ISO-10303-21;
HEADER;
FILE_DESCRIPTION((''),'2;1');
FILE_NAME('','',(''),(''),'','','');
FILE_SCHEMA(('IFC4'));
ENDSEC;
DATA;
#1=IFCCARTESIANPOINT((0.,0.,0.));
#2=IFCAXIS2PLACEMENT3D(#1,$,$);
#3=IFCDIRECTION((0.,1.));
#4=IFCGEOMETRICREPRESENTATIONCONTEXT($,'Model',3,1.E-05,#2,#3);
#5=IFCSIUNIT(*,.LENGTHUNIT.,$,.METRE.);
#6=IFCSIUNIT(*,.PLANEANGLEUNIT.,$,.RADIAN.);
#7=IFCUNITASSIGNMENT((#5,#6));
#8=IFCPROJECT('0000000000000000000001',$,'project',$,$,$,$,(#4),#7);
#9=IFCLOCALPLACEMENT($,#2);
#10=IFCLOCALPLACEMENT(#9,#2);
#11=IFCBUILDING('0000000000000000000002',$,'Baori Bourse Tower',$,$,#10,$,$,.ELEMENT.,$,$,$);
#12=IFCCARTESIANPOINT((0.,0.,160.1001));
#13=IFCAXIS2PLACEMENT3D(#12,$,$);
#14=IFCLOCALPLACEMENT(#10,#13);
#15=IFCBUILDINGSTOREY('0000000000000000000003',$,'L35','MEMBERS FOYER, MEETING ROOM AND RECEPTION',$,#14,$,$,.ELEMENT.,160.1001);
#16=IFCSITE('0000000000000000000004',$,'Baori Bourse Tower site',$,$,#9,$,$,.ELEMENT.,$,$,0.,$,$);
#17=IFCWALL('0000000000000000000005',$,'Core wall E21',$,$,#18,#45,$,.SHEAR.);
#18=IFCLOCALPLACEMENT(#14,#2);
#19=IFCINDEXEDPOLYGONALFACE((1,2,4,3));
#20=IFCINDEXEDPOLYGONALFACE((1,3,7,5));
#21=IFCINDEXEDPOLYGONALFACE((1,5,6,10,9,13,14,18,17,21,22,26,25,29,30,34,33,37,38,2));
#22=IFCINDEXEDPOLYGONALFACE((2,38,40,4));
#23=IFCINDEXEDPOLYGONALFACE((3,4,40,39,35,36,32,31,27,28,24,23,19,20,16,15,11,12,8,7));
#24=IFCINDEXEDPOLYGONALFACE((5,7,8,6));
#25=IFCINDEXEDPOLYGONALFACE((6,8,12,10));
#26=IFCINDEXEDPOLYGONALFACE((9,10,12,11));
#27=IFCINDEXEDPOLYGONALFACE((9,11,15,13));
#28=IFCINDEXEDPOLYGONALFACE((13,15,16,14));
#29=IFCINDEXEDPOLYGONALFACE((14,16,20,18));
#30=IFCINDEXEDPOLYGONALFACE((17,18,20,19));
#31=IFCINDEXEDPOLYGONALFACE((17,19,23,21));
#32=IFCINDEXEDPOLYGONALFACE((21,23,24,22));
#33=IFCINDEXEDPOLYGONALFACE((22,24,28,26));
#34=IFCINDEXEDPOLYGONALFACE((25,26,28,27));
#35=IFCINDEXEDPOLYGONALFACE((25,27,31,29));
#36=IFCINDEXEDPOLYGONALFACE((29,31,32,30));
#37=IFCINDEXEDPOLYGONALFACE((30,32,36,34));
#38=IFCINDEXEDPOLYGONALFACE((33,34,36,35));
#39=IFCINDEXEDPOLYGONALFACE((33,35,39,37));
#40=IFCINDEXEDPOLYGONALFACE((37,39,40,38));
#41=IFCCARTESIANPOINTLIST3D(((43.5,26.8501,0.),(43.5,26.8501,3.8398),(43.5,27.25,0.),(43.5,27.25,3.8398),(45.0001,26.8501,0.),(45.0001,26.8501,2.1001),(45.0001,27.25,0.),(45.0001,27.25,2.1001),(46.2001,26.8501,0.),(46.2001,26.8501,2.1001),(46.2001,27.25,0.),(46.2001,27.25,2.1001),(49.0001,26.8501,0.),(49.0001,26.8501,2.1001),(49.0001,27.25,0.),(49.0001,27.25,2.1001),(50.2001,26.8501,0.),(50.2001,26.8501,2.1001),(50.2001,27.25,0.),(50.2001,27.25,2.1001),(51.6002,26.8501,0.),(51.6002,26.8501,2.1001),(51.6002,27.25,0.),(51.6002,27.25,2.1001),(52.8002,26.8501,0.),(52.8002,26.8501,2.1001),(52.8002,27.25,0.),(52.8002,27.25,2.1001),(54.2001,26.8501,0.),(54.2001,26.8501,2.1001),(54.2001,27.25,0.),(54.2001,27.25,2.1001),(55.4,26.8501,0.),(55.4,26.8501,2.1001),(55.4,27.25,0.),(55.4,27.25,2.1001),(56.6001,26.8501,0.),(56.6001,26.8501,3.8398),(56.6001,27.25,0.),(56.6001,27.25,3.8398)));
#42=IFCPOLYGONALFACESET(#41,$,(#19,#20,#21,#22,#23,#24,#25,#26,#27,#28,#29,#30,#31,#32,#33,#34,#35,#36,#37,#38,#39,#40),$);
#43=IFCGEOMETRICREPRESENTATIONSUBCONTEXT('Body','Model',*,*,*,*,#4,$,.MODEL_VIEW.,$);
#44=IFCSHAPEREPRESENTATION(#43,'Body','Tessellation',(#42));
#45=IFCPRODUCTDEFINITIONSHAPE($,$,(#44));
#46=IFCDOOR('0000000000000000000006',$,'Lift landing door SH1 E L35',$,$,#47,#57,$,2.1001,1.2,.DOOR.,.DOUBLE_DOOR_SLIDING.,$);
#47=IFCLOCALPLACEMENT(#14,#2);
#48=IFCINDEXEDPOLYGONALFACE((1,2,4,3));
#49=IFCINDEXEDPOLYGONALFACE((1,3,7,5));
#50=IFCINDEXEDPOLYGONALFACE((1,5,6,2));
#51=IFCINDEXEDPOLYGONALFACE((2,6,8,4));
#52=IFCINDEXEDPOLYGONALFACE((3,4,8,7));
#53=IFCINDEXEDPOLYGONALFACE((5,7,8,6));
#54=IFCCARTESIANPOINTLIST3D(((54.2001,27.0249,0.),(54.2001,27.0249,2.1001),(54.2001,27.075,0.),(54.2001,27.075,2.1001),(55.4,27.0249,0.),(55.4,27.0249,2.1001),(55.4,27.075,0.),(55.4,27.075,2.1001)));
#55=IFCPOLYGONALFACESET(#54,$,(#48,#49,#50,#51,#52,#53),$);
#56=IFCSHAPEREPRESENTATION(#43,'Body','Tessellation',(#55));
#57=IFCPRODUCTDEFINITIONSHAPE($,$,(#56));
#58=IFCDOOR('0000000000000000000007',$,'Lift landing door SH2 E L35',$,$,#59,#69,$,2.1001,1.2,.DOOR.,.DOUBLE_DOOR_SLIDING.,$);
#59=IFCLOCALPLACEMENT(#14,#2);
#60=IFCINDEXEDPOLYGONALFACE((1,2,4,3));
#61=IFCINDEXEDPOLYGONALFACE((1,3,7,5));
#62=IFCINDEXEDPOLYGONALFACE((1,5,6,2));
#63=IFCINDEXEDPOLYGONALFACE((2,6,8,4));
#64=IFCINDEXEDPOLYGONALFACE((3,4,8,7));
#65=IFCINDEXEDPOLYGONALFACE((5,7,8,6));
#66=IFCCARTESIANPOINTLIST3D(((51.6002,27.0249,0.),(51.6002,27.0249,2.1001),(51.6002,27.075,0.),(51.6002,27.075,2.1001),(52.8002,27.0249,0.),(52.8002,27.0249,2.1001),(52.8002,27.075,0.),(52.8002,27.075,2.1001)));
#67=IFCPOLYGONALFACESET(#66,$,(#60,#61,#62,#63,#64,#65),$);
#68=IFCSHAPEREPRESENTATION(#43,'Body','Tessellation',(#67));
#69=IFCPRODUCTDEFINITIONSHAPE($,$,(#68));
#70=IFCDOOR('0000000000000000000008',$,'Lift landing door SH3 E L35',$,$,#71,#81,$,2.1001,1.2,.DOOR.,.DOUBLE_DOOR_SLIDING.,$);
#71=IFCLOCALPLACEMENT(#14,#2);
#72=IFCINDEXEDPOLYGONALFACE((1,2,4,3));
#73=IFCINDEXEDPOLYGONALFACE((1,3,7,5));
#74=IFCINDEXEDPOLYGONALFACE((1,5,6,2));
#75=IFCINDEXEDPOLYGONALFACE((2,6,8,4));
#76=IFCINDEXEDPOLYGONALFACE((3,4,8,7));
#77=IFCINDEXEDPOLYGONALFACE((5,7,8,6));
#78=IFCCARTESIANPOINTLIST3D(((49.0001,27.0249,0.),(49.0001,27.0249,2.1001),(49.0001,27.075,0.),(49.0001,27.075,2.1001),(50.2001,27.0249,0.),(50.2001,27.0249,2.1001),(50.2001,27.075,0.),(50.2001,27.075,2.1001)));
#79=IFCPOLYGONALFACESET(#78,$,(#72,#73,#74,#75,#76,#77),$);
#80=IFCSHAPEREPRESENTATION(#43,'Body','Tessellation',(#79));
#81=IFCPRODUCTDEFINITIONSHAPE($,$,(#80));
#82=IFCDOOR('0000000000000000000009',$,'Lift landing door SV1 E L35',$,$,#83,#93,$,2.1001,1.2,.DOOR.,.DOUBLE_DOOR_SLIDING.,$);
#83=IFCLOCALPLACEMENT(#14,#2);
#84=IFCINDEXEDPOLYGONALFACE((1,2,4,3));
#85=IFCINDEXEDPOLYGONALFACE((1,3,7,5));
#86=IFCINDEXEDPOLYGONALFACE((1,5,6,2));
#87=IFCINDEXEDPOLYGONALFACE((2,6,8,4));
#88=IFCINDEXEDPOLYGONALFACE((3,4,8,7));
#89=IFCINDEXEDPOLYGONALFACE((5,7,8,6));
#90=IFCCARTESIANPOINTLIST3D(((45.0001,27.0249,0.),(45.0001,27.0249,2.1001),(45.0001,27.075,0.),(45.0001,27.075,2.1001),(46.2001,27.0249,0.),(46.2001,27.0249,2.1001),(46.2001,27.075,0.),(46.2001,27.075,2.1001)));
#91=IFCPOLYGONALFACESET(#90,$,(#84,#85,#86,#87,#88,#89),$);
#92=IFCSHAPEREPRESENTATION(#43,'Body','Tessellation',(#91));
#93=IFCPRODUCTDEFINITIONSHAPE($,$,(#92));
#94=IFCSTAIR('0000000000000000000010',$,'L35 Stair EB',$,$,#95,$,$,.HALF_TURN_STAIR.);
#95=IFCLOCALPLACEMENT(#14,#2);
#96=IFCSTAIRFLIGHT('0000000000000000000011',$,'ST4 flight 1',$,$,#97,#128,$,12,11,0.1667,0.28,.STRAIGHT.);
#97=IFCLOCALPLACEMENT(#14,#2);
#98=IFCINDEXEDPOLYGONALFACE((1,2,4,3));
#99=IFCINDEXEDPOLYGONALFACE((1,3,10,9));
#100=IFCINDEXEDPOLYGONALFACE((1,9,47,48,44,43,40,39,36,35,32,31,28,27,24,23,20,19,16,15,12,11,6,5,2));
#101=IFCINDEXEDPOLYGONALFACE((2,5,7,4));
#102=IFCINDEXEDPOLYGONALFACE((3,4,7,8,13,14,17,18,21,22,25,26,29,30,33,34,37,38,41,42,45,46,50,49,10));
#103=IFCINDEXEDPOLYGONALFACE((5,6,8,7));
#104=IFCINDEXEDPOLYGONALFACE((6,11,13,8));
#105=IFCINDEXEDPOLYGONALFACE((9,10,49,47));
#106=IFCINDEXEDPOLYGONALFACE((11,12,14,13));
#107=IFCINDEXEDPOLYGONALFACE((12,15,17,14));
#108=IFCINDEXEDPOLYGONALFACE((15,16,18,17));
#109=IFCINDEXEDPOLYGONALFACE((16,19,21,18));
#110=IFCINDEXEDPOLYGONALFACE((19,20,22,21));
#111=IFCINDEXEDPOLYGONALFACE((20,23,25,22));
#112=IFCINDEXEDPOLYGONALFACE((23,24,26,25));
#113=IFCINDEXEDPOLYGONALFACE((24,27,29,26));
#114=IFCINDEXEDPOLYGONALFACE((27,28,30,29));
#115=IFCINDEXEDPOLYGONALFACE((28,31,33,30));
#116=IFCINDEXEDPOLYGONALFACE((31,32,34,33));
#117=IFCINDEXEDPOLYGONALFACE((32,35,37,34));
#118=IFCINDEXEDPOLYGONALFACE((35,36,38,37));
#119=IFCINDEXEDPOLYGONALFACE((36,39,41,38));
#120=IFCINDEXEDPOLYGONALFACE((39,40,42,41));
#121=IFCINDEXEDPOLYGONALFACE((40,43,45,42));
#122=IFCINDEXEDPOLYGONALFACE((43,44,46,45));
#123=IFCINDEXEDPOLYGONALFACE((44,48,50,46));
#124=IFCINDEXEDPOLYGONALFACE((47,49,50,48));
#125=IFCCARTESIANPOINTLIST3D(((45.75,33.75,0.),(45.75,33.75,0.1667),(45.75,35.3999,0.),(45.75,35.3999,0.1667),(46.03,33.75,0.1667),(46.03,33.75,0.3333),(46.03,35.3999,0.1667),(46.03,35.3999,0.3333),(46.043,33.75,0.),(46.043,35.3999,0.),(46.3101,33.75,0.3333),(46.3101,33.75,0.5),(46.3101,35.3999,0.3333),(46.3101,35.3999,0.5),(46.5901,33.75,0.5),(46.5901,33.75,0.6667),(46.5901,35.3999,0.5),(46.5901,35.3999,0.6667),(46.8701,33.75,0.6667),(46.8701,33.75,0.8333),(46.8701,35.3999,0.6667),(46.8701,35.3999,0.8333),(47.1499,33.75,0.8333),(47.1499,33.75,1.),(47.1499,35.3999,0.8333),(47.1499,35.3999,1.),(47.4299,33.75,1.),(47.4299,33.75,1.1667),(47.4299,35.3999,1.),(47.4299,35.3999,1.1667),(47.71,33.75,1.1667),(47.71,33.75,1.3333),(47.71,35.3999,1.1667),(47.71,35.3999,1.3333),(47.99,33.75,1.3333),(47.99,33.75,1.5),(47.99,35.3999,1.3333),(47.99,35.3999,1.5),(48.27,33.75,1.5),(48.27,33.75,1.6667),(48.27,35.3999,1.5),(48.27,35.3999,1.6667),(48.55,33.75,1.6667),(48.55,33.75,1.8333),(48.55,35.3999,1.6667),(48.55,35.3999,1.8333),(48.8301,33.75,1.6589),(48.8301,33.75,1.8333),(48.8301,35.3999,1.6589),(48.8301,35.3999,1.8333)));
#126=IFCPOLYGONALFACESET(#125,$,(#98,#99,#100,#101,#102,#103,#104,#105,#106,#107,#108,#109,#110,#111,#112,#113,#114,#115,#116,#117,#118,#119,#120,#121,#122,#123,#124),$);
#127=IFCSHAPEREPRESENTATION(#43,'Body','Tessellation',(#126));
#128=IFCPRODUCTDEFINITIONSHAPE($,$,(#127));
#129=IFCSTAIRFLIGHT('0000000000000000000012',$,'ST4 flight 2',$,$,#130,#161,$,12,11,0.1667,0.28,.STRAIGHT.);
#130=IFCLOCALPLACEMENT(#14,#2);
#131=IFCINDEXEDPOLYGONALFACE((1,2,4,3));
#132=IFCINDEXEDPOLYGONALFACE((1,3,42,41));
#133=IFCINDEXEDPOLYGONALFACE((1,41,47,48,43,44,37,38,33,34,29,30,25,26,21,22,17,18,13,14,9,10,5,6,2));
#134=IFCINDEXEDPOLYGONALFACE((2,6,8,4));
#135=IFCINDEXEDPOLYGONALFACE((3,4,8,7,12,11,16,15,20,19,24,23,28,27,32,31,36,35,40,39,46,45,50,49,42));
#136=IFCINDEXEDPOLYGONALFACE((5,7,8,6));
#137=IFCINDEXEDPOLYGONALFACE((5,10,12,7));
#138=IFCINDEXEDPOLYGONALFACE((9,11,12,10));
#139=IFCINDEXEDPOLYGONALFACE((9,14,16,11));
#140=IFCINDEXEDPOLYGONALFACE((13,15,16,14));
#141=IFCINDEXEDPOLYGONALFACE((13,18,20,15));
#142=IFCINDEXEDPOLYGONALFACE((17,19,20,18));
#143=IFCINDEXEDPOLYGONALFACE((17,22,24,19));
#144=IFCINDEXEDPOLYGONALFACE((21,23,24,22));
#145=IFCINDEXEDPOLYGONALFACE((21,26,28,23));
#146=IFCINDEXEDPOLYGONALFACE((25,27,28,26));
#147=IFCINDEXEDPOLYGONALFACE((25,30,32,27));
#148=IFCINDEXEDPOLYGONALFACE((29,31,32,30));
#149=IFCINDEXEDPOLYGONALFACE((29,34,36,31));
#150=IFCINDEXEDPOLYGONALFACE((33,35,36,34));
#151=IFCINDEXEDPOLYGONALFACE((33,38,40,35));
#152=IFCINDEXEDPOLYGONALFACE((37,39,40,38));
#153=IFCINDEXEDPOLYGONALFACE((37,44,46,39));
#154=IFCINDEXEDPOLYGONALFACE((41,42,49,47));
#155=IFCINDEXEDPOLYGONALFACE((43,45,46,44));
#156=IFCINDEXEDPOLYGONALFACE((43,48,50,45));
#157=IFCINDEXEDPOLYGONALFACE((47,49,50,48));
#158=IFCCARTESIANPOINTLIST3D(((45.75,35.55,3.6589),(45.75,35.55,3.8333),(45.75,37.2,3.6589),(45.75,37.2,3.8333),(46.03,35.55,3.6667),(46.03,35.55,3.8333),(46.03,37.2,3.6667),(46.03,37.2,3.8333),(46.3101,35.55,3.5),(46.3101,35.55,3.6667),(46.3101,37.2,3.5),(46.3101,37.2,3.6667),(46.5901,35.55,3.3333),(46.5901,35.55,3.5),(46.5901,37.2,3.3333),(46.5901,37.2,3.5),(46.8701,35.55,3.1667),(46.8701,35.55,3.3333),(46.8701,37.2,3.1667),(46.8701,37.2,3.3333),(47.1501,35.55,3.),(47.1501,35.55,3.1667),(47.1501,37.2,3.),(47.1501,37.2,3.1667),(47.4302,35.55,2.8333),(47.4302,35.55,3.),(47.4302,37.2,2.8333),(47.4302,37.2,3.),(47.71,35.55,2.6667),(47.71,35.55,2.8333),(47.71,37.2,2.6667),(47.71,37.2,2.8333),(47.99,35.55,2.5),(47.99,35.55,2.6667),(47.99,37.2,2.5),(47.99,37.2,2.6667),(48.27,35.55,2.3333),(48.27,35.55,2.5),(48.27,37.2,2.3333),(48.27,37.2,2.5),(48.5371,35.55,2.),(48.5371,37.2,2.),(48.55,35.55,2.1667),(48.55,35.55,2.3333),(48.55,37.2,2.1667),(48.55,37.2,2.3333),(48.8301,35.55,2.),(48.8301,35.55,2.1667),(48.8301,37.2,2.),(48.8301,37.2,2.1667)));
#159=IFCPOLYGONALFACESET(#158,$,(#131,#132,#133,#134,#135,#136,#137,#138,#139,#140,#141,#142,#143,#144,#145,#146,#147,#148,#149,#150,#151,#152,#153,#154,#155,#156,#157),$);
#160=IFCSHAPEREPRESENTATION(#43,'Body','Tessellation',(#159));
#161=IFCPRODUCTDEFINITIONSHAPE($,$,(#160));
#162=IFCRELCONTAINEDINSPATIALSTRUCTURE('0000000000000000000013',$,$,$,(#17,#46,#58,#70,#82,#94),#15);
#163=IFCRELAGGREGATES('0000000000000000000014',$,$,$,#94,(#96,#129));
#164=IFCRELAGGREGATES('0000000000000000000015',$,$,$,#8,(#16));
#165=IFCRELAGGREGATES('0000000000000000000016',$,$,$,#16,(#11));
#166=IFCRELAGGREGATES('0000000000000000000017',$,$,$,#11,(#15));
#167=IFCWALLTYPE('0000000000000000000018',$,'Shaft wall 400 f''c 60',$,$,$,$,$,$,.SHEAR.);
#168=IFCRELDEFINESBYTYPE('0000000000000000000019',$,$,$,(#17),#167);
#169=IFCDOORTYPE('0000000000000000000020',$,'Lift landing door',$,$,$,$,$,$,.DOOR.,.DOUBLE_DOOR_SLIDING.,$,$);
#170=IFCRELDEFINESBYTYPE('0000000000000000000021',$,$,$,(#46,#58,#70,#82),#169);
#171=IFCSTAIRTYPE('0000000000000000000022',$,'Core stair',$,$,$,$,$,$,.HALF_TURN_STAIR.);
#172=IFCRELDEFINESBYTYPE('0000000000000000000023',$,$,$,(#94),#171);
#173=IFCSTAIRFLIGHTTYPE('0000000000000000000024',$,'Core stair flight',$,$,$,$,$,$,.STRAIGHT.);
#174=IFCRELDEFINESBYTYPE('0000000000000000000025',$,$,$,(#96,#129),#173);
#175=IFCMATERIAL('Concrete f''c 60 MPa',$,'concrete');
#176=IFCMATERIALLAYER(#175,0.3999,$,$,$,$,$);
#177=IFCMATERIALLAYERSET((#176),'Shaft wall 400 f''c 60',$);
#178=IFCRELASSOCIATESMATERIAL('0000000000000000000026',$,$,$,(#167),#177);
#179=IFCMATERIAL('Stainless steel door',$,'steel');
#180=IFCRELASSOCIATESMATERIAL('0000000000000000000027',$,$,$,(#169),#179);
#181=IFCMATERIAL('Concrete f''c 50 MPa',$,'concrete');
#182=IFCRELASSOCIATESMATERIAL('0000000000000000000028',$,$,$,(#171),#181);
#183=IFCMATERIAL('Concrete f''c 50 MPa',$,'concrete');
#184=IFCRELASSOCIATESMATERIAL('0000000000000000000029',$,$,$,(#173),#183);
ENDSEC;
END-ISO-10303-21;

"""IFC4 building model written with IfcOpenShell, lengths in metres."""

from ifc_helpers import new_model, si_unit, direction, frame, frame_2d, origin, place, context, subcontext, project, spatial, polyline, rectangle, outline, extrude, material, layer, layer_set, type_object, element, fill, aggregate, save


model = new_model("IFC4")

# Units and contexts
model_context = context("Model", 3, precision=1e-05, world=origin(), true_north=direction((0.0, 1.0)))
body_context = subcontext(model_context, "Body", "Model", "MODEL_VIEW")
ifc_project = project(units=[si_unit("LENGTHUNIT", "METRE"), si_unit("PLANEANGLEUNIT", "RADIAN")], contexts=[model_context])

# Site, building, storey
site_placement = place(None, origin())
site = spatial("IfcSite", under=ifc_project, at=site_placement, Name="Baori Bourse Tower site", CompositionType="ELEMENT", RefElevation=0.0)
building_placement = place(site_placement, origin())
building = spatial("IfcBuilding", under=site, at=building_placement, Name="Baori Bourse Tower", CompositionType="ELEMENT")
storey_placement = place(building_placement, frame((0.0, 0.0, 160.1001)))
storey = spatial("IfcBuildingStorey", under=building, at=storey_placement, Name="L35", Description="MEMBERS FOYER, MEETING ROOM AND RECEPTION", CompositionType="ELEMENT", Elevation=160.1001)

# Wall, openings, doors
ifc_material_1 = material(Name="Concrete f'c 60 MPa", Category="concrete")
ifc_layer_1 = layer(ifc_material_1, 0.3999)
ifc_layer_set_1 = layer_set([ifc_layer_1], Name="Shaft wall 400 f'c 60")
wall_type_1 = type_object("IfcWallType", Name="Shaft wall 400 f'c 60", PredefinedType="SHEAR", material=ifc_layer_set_1)
wall_1_placement = place(storey_placement, frame((43.5, 27.05, 0.0), z_axis=(0.0, 0.0, 1.0), x_axis=(1.0, 0.0, 0.0)))
wall_1 = element("IfcWall", 1, at=wall_1_placement, inside=storey, type_object=wall_type_1, Name="Core wall E21", PredefinedType="SHEAR", context=body_context, shape_type="SweptSolid", body=[
    extrude(rectangle(XDim=13.1001, YDim=0.3999, at=frame_2d((6.55, 0.0))), origin(), (0.0, 0.0, 1.0), 3.8398),
])
opening_1_placement = place(wall_1_placement, frame((10.7, 0.0, 0.0)))
opening_1 = element("IfcOpeningElement", 2, at=opening_1_placement, cuts=wall_1, PredefinedType="OPENING", context=body_context, shape_type="SweptSolid", body=[
    extrude(rectangle(XDim=1.2, YDim=2.1001, at=frame_2d((0.6001, 1.05))), frame((0.0, 0.21, 0.0), z_axis=(0.0, -1.0, 0.0), x_axis=(1.0, 0.0, 0.0)), (0.0, 0.0, 1.0), 0.4199),
])
opening_2_placement = place(wall_1_placement, frame((8.1001, 0.0, 0.0)))
opening_2 = element("IfcOpeningElement", 3, at=opening_2_placement, cuts=wall_1, PredefinedType="OPENING", context=body_context, shape_type="SweptSolid", body=[
    extrude(rectangle(XDim=1.2, YDim=2.1001, at=frame_2d((0.6001, 1.05))), frame((0.0, 0.21, 0.0), z_axis=(0.0, -1.0, 0.0), x_axis=(1.0, 0.0, 0.0)), (0.0, 0.0, 1.0), 0.4199),
])
opening_3_placement = place(wall_1_placement, frame((5.5, 0.0, 0.0)))
opening_3 = element("IfcOpeningElement", 4, at=opening_3_placement, cuts=wall_1, PredefinedType="OPENING", context=body_context, shape_type="SweptSolid", body=[
    extrude(rectangle(XDim=1.2, YDim=2.1001, at=frame_2d((0.6001, 1.05))), frame((0.0, 0.21, 0.0), z_axis=(0.0, -1.0, 0.0), x_axis=(1.0, 0.0, 0.0)), (0.0, 0.0, 1.0), 0.4199),
])
opening_4_placement = place(wall_1_placement, frame((1.5, 0.0, 0.0)))
opening_4 = element("IfcOpeningElement", 5, at=opening_4_placement, cuts=wall_1, PredefinedType="OPENING", context=body_context, shape_type="SweptSolid", body=[
    extrude(rectangle(XDim=1.2, YDim=2.1001, at=frame_2d((0.6001, 1.05))), frame((0.0, 0.21, 0.0), z_axis=(0.0, -1.0, 0.0), x_axis=(1.0, 0.0, 0.0)), (0.0, 0.0, 1.0), 0.4199),
])
ifc_material_2 = material(Name="Stainless steel door", Category="steel")
door_type_1 = type_object("IfcDoorType", Name="Lift landing door", OperationType="DOUBLE_DOOR_SLIDING", PredefinedType="DOOR", material=ifc_material_2)
door_1_placement = place(opening_1_placement, origin())
door_1 = element("IfcDoor", 6, at=door_1_placement, inside=storey, type_object=door_type_1, Name="Lift landing door SH1 E L35", OperationType="DOUBLE_DOOR_SLIDING", OverallHeight=2.1001, OverallWidth=1.2, PredefinedType="DOOR", context=body_context, shape_type="SweptSolid", body=[
    extrude(rectangle(XDim=1.2, YDim=2.1001, at=frame_2d((0.6001, 1.05))), frame((0.0, 0.0249, 0.0), z_axis=(0.0, -1.0, 0.0), x_axis=(1.0, 0.0, 0.0)), (0.0, 0.0, 1.0), 0.05),
])
fill(opening_1, door_1)
door_2_placement = place(opening_2_placement, origin())
door_2 = element("IfcDoor", 7, at=door_2_placement, inside=storey, type_object=door_type_1, Name="Lift landing door SH2 E L35", OperationType="DOUBLE_DOOR_SLIDING", OverallHeight=2.1001, OverallWidth=1.2, PredefinedType="DOOR", context=body_context, shape_type="SweptSolid", body=[
    extrude(rectangle(XDim=1.2, YDim=2.1001, at=frame_2d((0.6001, 1.05))), frame((0.0, 0.0249, 0.0), z_axis=(0.0, -1.0, 0.0), x_axis=(1.0, 0.0, 0.0)), (0.0, 0.0, 1.0), 0.05),
])
fill(opening_2, door_2)
door_3_placement = place(opening_3_placement, origin())
door_3 = element("IfcDoor", 8, at=door_3_placement, inside=storey, type_object=door_type_1, Name="Lift landing door SH3 E L35", OperationType="DOUBLE_DOOR_SLIDING", OverallHeight=2.1001, OverallWidth=1.2, PredefinedType="DOOR", context=body_context, shape_type="SweptSolid", body=[
    extrude(rectangle(XDim=1.2, YDim=2.1001, at=frame_2d((0.6001, 1.05))), frame((0.0, 0.0249, 0.0), z_axis=(0.0, -1.0, 0.0), x_axis=(1.0, 0.0, 0.0)), (0.0, 0.0, 1.0), 0.05),
])
fill(opening_3, door_3)
door_4_placement = place(opening_4_placement, origin())
door_4 = element("IfcDoor", 9, at=door_4_placement, inside=storey, type_object=door_type_1, Name="Lift landing door SV1 E L35", OperationType="DOUBLE_DOOR_SLIDING", OverallHeight=2.1001, OverallWidth=1.2, PredefinedType="DOOR", context=body_context, shape_type="SweptSolid", body=[
    extrude(rectangle(XDim=1.2, YDim=2.1001, at=frame_2d((0.6001, 1.05))), frame((0.0, 0.0249, 0.0), z_axis=(0.0, -1.0, 0.0), x_axis=(1.0, 0.0, 0.0)), (0.0, 0.0, 1.0), 0.05),
])
fill(opening_4, door_4)

# Stair, stair flights
ifc_material_3 = material(Name="Concrete f'c 50 MPa", Category="concrete")
stair_type = type_object("IfcStairType", Name="Core stair", PredefinedType="HALF_TURN_STAIR", material=ifc_material_3)
stair_placement = place(storey_placement, origin())
stair = element("IfcStair", 10, at=stair_placement, inside=storey, type_object=stair_type, Name="L35 Stair EB", PredefinedType="HALF_TURN_STAIR")
ifc_material_4 = material(Name="Concrete f'c 50 MPa", Category="concrete")
stair_flight_type = type_object("IfcStairFlightType", Name="Core stair flight", PredefinedType="STRAIGHT", material=ifc_material_4)
stair_flight_1_placement = place(storey_placement, frame((45.75, 34.575, 0.0), z_axis=(0.0, 0.0, 1.0), x_axis=(1.0, 0.0, 0.0)))
stair_flight_1 = element("IfcStairFlight", 11, at=stair_flight_1_placement, type_object=stair_flight_type, Name="ST4 flight 1", NumberOfRisers=12, NumberOfTreads=11, PredefinedType="STRAIGHT", RiserHeight=0.1667, TreadLength=0.28, context=body_context, shape_type="SweptSolid", body=[
    extrude(outline(polyline([(0.0, 0.0), (0.0, 0.1667), (0.28, 0.1667), (0.28, 0.3333), (0.5601, 0.3333), (0.5601, 0.5), (0.8401, 0.5), (0.8401, 0.6667), (1.1201, 0.6667), (1.1201, 0.8333), (1.3999, 0.8333), (1.3999, 1.0), (1.6799, 1.0), (1.6799, 1.1667), (1.96, 1.1667), (1.96, 1.3333), (2.24, 1.3333), (2.24, 1.5), (2.52, 1.5), (2.52, 1.6667), (2.8, 1.6667), (2.8, 1.8333), (3.0801, 1.8333), (3.0801, 2.0), (3.0801, 1.6589), (0.293, 0.0), (0.0, 0.0)])), frame((0.0, 0.825, 0.0), z_axis=(0.0, -1.0, 0.0), x_axis=(1.0, 0.0, 0.0)), (0.0, 0.0, 1.0), 1.6499),
])
stair_flight_2_placement = place(storey_placement, frame((48.8301, 36.375, 2.0), z_axis=(0.0, 0.0, 1.0), x_axis=(-1.0, 0.0, 0.0)))
stair_flight_2 = element("IfcStairFlight", 12, at=stair_flight_2_placement, type_object=stair_flight_type, Name="ST4 flight 2", NumberOfRisers=12, NumberOfTreads=11, PredefinedType="STRAIGHT", RiserHeight=0.1667, TreadLength=0.28, context=body_context, shape_type="SweptSolid", body=[
    extrude(outline(polyline([(0.0, 0.0), (0.0, 0.1667), (0.28, 0.1667), (0.28, 0.3333), (0.5601, 0.3333), (0.5601, 0.5), (0.8401, 0.5), (0.8401, 0.6667), (1.1201, 0.6667), (1.1201, 0.8333), (1.3999, 0.8333), (1.3999, 1.0), (1.6799, 1.0), (1.6799, 1.1667), (1.96, 1.1667), (1.96, 1.3333), (2.24, 1.3333), (2.24, 1.5), (2.52, 1.5), (2.52, 1.6667), (2.8, 1.6667), (2.8, 1.8333), (3.0801, 1.8333), (3.0801, 2.0), (3.0801, 1.6589), (0.293, 0.0), (0.0, 0.0)])), frame((0.0, 0.825, 0.0), z_axis=(0.0, -1.0, 0.0), x_axis=(1.0, 0.0, 0.0)), (0.0, 0.0, 1.0), 1.6499),
])
aggregate(stair, [stair_flight_1, stair_flight_2])

save(model, "model.ifc")
